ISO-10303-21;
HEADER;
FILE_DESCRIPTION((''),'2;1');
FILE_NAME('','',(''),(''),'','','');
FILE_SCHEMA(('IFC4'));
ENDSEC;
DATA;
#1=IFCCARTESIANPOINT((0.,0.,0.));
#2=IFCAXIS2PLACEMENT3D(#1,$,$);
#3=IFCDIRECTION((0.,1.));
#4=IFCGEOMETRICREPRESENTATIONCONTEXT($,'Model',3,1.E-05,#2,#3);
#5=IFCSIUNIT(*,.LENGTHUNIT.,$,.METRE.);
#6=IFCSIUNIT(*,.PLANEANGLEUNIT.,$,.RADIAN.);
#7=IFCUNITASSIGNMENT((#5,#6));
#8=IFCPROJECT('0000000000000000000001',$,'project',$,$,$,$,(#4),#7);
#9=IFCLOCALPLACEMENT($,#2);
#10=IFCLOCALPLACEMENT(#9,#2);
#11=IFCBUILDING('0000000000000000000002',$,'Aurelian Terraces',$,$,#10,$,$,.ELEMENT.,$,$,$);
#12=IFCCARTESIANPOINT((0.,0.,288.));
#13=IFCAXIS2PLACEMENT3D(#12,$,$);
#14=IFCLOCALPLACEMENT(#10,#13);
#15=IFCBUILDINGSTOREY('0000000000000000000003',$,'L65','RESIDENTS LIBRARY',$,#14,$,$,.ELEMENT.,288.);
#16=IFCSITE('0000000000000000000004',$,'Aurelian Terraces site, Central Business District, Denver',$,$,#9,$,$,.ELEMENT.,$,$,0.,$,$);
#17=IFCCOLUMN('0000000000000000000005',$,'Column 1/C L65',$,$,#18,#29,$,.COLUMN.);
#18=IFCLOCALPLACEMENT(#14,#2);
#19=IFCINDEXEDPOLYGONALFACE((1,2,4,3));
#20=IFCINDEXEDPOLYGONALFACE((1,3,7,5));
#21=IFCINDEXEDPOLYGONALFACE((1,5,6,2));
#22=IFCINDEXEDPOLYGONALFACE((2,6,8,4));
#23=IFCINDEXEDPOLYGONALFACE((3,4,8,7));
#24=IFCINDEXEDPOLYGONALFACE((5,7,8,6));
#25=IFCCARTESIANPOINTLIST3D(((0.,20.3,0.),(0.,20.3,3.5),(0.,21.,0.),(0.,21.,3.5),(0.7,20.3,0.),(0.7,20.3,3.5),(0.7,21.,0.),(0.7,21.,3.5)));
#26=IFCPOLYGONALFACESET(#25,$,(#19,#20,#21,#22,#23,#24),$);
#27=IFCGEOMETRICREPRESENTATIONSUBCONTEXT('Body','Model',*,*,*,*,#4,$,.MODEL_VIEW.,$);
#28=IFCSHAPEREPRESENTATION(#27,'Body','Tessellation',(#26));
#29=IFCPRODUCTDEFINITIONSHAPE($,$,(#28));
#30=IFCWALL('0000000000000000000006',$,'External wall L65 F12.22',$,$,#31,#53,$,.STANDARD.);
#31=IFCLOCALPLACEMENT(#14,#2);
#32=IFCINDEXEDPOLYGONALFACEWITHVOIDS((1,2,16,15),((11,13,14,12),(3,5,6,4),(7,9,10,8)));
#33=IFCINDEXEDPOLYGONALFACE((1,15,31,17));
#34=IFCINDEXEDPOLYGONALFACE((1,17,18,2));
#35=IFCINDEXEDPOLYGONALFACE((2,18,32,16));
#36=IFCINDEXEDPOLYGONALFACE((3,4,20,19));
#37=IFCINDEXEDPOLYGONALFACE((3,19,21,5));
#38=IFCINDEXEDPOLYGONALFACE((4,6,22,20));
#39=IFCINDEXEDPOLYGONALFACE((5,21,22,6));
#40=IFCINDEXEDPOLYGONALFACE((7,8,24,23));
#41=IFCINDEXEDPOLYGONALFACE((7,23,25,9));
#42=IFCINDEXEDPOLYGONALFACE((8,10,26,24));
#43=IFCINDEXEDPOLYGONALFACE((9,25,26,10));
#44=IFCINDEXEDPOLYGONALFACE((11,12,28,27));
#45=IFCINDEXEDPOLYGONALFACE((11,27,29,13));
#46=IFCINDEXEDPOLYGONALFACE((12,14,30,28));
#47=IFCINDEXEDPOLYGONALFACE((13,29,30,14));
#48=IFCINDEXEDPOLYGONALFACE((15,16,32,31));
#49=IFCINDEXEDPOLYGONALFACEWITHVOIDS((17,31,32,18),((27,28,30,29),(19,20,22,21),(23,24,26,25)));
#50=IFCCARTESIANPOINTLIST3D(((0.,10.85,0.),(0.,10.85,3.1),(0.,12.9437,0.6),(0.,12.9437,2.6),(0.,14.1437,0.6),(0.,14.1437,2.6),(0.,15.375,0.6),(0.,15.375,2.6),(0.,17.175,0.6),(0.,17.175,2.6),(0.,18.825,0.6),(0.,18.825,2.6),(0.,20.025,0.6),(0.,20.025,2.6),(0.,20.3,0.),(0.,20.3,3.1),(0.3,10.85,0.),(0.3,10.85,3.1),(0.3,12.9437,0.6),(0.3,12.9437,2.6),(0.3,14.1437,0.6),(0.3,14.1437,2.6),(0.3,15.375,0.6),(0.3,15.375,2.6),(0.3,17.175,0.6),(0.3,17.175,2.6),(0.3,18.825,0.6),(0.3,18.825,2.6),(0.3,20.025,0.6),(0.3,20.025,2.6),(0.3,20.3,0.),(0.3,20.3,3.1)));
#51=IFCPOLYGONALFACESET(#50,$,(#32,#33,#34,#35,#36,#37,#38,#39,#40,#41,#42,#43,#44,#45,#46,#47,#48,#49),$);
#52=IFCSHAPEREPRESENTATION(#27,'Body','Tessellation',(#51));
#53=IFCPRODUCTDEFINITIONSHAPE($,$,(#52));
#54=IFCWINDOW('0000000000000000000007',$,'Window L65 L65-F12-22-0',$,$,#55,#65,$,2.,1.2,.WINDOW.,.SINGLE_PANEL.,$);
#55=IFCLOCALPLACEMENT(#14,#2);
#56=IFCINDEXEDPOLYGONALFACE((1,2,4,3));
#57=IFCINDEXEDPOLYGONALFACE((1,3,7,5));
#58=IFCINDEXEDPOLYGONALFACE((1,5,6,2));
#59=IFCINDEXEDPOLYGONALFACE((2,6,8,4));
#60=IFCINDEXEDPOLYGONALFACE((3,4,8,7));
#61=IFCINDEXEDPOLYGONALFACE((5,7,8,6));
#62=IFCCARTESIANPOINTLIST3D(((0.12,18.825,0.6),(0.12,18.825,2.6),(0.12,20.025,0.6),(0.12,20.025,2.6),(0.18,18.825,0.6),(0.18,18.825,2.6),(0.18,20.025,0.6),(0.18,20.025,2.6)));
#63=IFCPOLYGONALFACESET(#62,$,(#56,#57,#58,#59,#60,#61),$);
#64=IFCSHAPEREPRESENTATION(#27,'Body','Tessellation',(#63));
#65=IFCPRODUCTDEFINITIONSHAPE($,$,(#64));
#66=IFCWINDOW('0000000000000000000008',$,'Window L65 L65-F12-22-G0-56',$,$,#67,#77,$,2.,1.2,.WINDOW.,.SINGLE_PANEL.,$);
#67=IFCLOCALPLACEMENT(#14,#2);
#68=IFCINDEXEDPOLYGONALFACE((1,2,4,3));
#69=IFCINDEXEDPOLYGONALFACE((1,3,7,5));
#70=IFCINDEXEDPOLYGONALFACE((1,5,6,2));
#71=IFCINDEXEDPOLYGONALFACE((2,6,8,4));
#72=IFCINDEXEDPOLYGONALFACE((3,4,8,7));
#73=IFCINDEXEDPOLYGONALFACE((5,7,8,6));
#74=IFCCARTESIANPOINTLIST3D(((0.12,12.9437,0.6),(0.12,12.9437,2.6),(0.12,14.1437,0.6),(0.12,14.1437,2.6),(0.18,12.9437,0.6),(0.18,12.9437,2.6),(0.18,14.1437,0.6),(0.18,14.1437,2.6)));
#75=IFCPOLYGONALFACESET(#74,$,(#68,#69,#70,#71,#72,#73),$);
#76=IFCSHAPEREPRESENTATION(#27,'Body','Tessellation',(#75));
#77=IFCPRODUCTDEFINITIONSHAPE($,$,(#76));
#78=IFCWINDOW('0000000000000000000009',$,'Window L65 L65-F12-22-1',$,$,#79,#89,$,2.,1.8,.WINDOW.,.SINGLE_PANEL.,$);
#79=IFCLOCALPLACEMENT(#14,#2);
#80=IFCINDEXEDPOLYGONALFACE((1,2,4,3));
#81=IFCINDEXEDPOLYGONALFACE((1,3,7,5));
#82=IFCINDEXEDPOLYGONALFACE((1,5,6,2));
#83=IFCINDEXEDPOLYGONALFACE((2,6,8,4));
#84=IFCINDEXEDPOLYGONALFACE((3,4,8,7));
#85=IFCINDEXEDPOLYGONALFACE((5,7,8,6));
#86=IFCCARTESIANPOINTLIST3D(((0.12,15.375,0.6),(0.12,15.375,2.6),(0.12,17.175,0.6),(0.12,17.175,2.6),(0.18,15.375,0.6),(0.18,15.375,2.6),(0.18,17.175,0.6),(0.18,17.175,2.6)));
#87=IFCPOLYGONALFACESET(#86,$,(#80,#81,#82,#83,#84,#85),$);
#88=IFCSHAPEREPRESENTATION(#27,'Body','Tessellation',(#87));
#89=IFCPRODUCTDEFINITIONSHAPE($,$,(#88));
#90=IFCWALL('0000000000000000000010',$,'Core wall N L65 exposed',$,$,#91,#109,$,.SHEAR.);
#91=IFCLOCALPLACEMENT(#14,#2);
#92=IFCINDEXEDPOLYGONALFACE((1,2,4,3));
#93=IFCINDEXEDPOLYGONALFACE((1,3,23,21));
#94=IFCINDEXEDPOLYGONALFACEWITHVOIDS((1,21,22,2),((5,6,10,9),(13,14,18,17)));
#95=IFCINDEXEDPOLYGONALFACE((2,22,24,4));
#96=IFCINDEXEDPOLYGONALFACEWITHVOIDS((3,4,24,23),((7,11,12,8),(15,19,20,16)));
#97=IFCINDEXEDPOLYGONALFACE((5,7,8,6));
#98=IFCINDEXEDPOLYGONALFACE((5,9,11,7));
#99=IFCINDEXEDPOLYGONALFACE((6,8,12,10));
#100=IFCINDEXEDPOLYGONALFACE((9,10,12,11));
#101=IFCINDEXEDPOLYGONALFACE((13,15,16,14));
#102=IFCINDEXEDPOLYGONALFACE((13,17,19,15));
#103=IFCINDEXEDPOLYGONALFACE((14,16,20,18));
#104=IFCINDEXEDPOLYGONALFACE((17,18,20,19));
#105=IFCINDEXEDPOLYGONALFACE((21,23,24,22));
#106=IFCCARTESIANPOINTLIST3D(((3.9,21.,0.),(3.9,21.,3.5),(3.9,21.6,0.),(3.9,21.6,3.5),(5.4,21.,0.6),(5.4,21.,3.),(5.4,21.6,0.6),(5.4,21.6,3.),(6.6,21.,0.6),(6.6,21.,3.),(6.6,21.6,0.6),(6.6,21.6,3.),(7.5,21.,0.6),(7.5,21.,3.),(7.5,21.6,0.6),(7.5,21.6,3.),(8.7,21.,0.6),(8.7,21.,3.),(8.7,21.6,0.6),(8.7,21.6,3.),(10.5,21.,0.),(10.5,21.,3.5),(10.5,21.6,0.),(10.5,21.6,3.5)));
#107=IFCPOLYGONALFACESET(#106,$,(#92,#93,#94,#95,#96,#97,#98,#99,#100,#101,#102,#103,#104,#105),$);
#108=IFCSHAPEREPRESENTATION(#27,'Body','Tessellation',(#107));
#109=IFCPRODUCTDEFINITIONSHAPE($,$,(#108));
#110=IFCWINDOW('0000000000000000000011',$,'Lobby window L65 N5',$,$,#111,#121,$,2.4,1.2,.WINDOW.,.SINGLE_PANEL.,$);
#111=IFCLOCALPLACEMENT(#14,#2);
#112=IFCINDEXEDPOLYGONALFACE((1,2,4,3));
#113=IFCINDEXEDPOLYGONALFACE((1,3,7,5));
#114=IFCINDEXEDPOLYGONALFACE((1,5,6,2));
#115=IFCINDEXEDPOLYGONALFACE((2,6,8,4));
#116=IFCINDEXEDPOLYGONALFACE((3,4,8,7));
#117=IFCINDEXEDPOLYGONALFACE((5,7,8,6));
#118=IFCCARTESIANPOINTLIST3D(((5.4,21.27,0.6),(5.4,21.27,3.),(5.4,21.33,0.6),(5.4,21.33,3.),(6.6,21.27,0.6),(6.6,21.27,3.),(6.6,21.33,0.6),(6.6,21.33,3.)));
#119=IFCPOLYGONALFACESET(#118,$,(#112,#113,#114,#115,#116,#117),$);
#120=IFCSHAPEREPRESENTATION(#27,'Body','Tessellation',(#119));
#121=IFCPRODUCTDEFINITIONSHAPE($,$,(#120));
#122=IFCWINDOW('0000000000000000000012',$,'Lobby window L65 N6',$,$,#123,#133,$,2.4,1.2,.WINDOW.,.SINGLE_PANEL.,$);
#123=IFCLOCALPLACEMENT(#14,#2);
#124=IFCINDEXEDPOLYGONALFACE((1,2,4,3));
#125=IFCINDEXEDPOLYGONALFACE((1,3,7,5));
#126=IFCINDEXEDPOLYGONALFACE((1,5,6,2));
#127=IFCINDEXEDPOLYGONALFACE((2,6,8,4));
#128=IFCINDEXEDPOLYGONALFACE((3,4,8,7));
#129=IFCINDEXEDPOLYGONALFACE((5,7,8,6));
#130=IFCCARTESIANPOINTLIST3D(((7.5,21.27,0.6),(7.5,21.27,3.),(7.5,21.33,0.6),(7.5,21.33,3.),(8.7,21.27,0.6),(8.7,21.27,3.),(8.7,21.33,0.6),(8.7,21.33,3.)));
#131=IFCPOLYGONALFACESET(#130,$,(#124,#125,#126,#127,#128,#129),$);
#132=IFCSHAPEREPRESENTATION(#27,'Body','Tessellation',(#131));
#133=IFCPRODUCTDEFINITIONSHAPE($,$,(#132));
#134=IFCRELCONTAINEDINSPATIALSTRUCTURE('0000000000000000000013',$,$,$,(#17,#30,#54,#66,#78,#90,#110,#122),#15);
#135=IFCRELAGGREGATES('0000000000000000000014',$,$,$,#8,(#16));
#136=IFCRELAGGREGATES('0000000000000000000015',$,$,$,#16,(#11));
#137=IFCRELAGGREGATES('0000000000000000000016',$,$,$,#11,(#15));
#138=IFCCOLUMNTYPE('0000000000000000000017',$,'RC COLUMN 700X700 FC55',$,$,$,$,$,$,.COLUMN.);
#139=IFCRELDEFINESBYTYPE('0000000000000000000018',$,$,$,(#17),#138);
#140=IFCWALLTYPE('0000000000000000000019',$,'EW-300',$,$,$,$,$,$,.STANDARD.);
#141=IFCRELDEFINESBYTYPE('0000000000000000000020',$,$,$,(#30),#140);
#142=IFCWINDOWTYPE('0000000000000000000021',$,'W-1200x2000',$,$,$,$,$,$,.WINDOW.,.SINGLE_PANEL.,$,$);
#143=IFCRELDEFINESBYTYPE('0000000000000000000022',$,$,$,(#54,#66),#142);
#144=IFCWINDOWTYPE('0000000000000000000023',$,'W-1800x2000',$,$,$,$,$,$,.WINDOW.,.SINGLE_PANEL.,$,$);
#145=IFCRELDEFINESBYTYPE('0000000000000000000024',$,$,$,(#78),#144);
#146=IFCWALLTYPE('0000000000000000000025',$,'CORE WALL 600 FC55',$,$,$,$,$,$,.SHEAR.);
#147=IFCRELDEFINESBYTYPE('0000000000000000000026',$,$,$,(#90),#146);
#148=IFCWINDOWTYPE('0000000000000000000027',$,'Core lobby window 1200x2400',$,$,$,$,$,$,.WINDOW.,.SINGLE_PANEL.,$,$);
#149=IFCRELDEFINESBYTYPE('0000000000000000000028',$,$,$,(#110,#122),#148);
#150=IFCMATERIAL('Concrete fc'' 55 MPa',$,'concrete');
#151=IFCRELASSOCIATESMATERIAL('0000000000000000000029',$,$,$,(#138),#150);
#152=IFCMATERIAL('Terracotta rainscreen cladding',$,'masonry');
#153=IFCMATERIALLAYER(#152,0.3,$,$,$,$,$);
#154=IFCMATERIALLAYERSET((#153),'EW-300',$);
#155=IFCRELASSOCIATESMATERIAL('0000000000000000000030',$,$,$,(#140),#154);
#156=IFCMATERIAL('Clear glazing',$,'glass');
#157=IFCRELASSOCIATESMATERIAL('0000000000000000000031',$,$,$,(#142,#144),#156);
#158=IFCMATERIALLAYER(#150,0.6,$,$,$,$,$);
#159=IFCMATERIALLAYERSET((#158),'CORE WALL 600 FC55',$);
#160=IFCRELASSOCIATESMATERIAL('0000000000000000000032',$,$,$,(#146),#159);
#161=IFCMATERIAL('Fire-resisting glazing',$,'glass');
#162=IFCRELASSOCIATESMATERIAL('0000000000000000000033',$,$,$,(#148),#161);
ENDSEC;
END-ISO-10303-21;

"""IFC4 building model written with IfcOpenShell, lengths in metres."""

from ifc_helpers import new_model, si_unit, direction, frame, frame_2d, origin, origin_2d, place, context, subcontext, project, spatial, rectangle, extrude, source, transform, mapped, material, layer, layer_set, material_profile, profile_set, type_object, element, fill, save


model = new_model("IFC4")

# Units and contexts
model_context = context("Model", 3, precision=1e-05, world=origin(), true_north=direction((0.0, 1.0)))
body_context = subcontext(model_context, "Body", "Model", "MODEL_VIEW")
ifc_project = project(units=[si_unit("LENGTHUNIT", "METRE"), si_unit("PLANEANGLEUNIT", "RADIAN")], contexts=[model_context])

# Site, building, storey
site_placement = place(None, origin())
site = spatial("IfcSite", under=ifc_project, at=site_placement, Name="Aurelian Terraces site, Central Business District, Denver", CompositionType="ELEMENT", RefElevation=0.0)
building_placement = place(site_placement, origin())
building = spatial("IfcBuilding", under=site, at=building_placement, Name="Aurelian Terraces", CompositionType="ELEMENT")
storey_placement = place(building_placement, frame((0.0, 0.0, 288.0)))
storey = spatial("IfcBuildingStorey", under=building, at=storey_placement, Name="L65", Description="RESIDENTS LIBRARY", CompositionType="ELEMENT", Elevation=288.0)

# Column
ifc_material_1 = material(Name="Concrete fc' 55 MPa", Category="concrete")
ifc_material_profile = material_profile(ifc_material_1, rectangle(XDim=0.7, YDim=0.7, at=origin_2d()))
ifc_profile_set = profile_set([ifc_material_profile], Name="Concrete fc' 55 MPa")
column_type = type_object("IfcColumnType", Name="RC COLUMN 700X700 FC55", PredefinedType="COLUMN", material=ifc_profile_set)
shared_shape_1 = source(origin(), body_context, "Body", "SweptSolid", [
    extrude(rectangle(XDim=0.7, YDim=0.7, at=origin_2d()), origin(), (0.0, 0.0, 1.0), 3.5),
])
column_placement = place(storey_placement, frame((0.35, 20.65, 0.0), z_axis=(0.0, 0.0, 1.0), x_axis=(1.0, 0.0, 0.0)))
element("IfcColumn", 1, at=column_placement, inside=storey, type_object=column_type, Name="Column 1/C L65", PredefinedType="COLUMN", context=body_context, shape_type="MappedRepresentation", body=[
    mapped(shared_shape_1, transform((0.0, 0.0, 0.0), scale=1.0)),
])

# Walls, openings, windows
ifc_material_2 = material(Name="Terracotta rainscreen cladding", Category="masonry")
ifc_layer_1 = layer(ifc_material_2, 0.3)
ifc_layer_set_1 = layer_set([ifc_layer_1], Name="EW-300")
wall_type_1 = type_object("IfcWallType", Name="EW-300", PredefinedType="STANDARD", material=ifc_layer_set_1)
wall_1_placement = place(storey_placement, frame((0.15, 20.3, 0.0), z_axis=(0.0, 0.0, 1.0), x_axis=(0.0, -1.0, 0.0)))
wall_1 = element("IfcWall", 2, at=wall_1_placement, inside=storey, type_object=wall_type_1, Name="External wall L65 F12.22", PredefinedType="STANDARD", context=body_context, shape_type="SweptSolid", body=[
    extrude(rectangle(XDim=9.45, YDim=0.3, at=frame_2d((4.725, 0.0))), origin(), (0.0, 0.0, 1.0), 3.1),
])
shared_shape_2 = source(origin(), body_context, "Body", "SweptSolid", [
    extrude(rectangle(XDim=1.2, YDim=2.0, at=frame_2d((0.6, 1.0))), frame((0.0, 0.16, 0.0), z_axis=(0.0, -1.0, 0.0), x_axis=(1.0, 0.0, 0.0)), (0.0, 0.0, 1.0), 0.32),
])
opening_1_placement = place(wall_1_placement, frame((0.275, 0.0, 0.6)))
opening_1 = element("IfcOpeningElement", 3, at=opening_1_placement, cuts=wall_1, PredefinedType="OPENING", context=body_context, shape_type="MappedRepresentation", body=[
    mapped(shared_shape_2, transform((0.0, 0.0, 0.0), scale=1.0)),
])
shared_shape_3 = source(origin(), body_context, "Body", "SweptSolid", [
    extrude(rectangle(XDim=1.8, YDim=2.0, at=frame_2d((0.9, 1.0))), frame((0.0, 0.16, 0.0), z_axis=(0.0, -1.0, 0.0), x_axis=(1.0, 0.0, 0.0)), (0.0, 0.0, 1.0), 0.32),
])
opening_2_placement = place(wall_1_placement, frame((3.125, 0.0, 0.6)))
opening_2 = element("IfcOpeningElement", 4, at=opening_2_placement, cuts=wall_1, PredefinedType="OPENING", context=body_context, shape_type="MappedRepresentation", body=[
    mapped(shared_shape_3, transform((0.0, 0.0, 0.0), scale=1.0)),
])
opening_3_placement = place(wall_1_placement, frame((6.1563, 0.0, 0.6)))
opening_3 = element("IfcOpeningElement", 5, at=opening_3_placement, cuts=wall_1, PredefinedType="OPENING", context=body_context, shape_type="MappedRepresentation", body=[
    mapped(shared_shape_2, transform((0.0, 0.0, 0.0), scale=1.0)),
])
ifc_material_3 = material(Name="Clear glazing", Category="glass")
window_type_1 = type_object("IfcWindowType", Name="W-1200x2000", PartitioningType="SINGLE_PANEL", PredefinedType="WINDOW", material=ifc_material_3)
shared_shape_4 = source(origin(), body_context, "Body", "SweptSolid", [
    extrude(rectangle(XDim=1.2, YDim=2.0, at=frame_2d((0.6, 1.0))), frame((0.0, 0.03, 0.0), z_axis=(0.0, -1.0, 0.0), x_axis=(1.0, 0.0, 0.0)), (0.0, 0.0, 1.0), 0.06),
])
window_1_placement = place(opening_1_placement, origin())
window_1 = element("IfcWindow", 6, at=window_1_placement, inside=storey, type_object=window_type_1, Name="Window L65 L65-F12-22-0", OverallHeight=2.0, OverallWidth=1.2, PartitioningType="SINGLE_PANEL", PredefinedType="WINDOW", context=body_context, shape_type="MappedRepresentation", body=[
    mapped(shared_shape_4, transform((0.0, 0.0, 0.0), scale=1.0)),
])
fill(opening_1, window_1)
window_2_placement = place(opening_3_placement, origin())
window_2 = element("IfcWindow", 7, at=window_2_placement, inside=storey, type_object=window_type_1, Name="Window L65 L65-F12-22-G0-56", OverallHeight=2.0, OverallWidth=1.2, PartitioningType="SINGLE_PANEL", PredefinedType="WINDOW", context=body_context, shape_type="MappedRepresentation", body=[
    mapped(shared_shape_4, transform((0.0, 0.0, 0.0), scale=1.0)),
])
fill(opening_3, window_2)
window_type_2 = type_object("IfcWindowType", Name="W-1800x2000", PartitioningType="SINGLE_PANEL", PredefinedType="WINDOW", material=ifc_material_3)
shared_shape_5 = source(origin(), body_context, "Body", "SweptSolid", [
    extrude(rectangle(XDim=1.8, YDim=2.0, at=frame_2d((0.9, 1.0))), frame((0.0, 0.03, 0.0), z_axis=(0.0, -1.0, 0.0), x_axis=(1.0, 0.0, 0.0)), (0.0, 0.0, 1.0), 0.06),
])
window_3_placement = place(opening_2_placement, origin())
window_3 = element("IfcWindow", 8, at=window_3_placement, inside=storey, type_object=window_type_2, Name="Window L65 L65-F12-22-1", OverallHeight=2.0, OverallWidth=1.8, PartitioningType="SINGLE_PANEL", PredefinedType="WINDOW", context=body_context, shape_type="MappedRepresentation", body=[
    mapped(shared_shape_5, transform((0.0, 0.0, 0.0), scale=1.0)),
])
fill(opening_2, window_3)
ifc_layer_2 = layer(ifc_material_1, 0.6)
ifc_layer_set_2 = layer_set([ifc_layer_2], Name="CORE WALL 600 FC55")
wall_type_2 = type_object("IfcWallType", Name="CORE WALL 600 FC55", PredefinedType="SHEAR", material=ifc_layer_set_2)
shared_shape_6 = source(origin(), body_context, "Body", "SweptSolid", [
    extrude(rectangle(XDim=6.6, YDim=0.6, at=frame_2d((3.3, 0.0))), origin(), (0.0, 0.0, 1.0), 3.5),
])
wall_2_placement = place(storey_placement, frame((3.9, 21.3, 0.0), z_axis=(0.0, 0.0, 1.0), x_axis=(1.0, 0.0, 0.0)))
wall_2 = element("IfcWall", 9, at=wall_2_placement, inside=storey, type_object=wall_type_2, Name="Core wall N L65 exposed", PredefinedType="SHEAR", context=body_context, shape_type="MappedRepresentation", body=[
    mapped(shared_shape_6, transform((0.0, 0.0, 0.0), scale=1.0)),
])
shared_shape_7 = source(origin(), body_context, "Body", "SweptSolid", [
    extrude(rectangle(XDim=1.2, YDim=2.4, at=frame_2d((0.6, 1.2))), frame((0.0, 0.31, 0.0), z_axis=(0.0, -1.0, 0.0), x_axis=(1.0, 0.0, 0.0)), (0.0, 0.0, 1.0), 0.62),
])
opening_4_placement = place(wall_2_placement, frame((1.5, 0.0, 0.6)))
opening_4 = element("IfcOpeningElement", 10, at=opening_4_placement, cuts=wall_2, PredefinedType="OPENING", context=body_context, shape_type="MappedRepresentation", body=[
    mapped(shared_shape_7, transform((0.0, 0.0, 0.0), scale=1.0)),
])
opening_5_placement = place(wall_2_placement, frame((3.6, 0.0, 0.6)))
opening_5 = element("IfcOpeningElement", 11, at=opening_5_placement, cuts=wall_2, PredefinedType="OPENING", context=body_context, shape_type="MappedRepresentation", body=[
    mapped(shared_shape_7, transform((0.0, 0.0, 0.0), scale=1.0)),
])
ifc_material_4 = material(Name="Fire-resisting glazing", Category="glass")
window_type_3 = type_object("IfcWindowType", Name="Core lobby window 1200x2400", PartitioningType="SINGLE_PANEL", PredefinedType="WINDOW", material=ifc_material_4)
shared_shape_8 = source(origin(), body_context, "Body", "SweptSolid", [
    extrude(rectangle(XDim=1.2, YDim=2.4, at=frame_2d((0.6, 1.2))), frame((0.0, 0.03, 0.0), z_axis=(0.0, -1.0, 0.0), x_axis=(1.0, 0.0, 0.0)), (0.0, 0.0, 1.0), 0.06),
])
window_4_placement = place(opening_4_placement, origin())
window_4 = element("IfcWindow", 12, at=window_4_placement, inside=storey, type_object=window_type_3, Name="Lobby window L65 N5", OverallHeight=2.4, OverallWidth=1.2, PartitioningType="SINGLE_PANEL", PredefinedType="WINDOW", context=body_context, shape_type="MappedRepresentation", body=[
    mapped(shared_shape_8, transform((0.0, 0.0, 0.0), scale=1.0)),
])
fill(opening_4, window_4)
window_5_placement = place(opening_5_placement, origin())
window_5 = element("IfcWindow", 13, at=window_5_placement, inside=storey, type_object=window_type_3, Name="Lobby window L65 N6", OverallHeight=2.4, OverallWidth=1.2, PartitioningType="SINGLE_PANEL", PredefinedType="WINDOW", context=body_context, shape_type="MappedRepresentation", body=[
    mapped(shared_shape_8, transform((0.0, 0.0, 0.0), scale=1.0)),
])
fill(opening_5, window_5)

save(model, "model.ifc")
